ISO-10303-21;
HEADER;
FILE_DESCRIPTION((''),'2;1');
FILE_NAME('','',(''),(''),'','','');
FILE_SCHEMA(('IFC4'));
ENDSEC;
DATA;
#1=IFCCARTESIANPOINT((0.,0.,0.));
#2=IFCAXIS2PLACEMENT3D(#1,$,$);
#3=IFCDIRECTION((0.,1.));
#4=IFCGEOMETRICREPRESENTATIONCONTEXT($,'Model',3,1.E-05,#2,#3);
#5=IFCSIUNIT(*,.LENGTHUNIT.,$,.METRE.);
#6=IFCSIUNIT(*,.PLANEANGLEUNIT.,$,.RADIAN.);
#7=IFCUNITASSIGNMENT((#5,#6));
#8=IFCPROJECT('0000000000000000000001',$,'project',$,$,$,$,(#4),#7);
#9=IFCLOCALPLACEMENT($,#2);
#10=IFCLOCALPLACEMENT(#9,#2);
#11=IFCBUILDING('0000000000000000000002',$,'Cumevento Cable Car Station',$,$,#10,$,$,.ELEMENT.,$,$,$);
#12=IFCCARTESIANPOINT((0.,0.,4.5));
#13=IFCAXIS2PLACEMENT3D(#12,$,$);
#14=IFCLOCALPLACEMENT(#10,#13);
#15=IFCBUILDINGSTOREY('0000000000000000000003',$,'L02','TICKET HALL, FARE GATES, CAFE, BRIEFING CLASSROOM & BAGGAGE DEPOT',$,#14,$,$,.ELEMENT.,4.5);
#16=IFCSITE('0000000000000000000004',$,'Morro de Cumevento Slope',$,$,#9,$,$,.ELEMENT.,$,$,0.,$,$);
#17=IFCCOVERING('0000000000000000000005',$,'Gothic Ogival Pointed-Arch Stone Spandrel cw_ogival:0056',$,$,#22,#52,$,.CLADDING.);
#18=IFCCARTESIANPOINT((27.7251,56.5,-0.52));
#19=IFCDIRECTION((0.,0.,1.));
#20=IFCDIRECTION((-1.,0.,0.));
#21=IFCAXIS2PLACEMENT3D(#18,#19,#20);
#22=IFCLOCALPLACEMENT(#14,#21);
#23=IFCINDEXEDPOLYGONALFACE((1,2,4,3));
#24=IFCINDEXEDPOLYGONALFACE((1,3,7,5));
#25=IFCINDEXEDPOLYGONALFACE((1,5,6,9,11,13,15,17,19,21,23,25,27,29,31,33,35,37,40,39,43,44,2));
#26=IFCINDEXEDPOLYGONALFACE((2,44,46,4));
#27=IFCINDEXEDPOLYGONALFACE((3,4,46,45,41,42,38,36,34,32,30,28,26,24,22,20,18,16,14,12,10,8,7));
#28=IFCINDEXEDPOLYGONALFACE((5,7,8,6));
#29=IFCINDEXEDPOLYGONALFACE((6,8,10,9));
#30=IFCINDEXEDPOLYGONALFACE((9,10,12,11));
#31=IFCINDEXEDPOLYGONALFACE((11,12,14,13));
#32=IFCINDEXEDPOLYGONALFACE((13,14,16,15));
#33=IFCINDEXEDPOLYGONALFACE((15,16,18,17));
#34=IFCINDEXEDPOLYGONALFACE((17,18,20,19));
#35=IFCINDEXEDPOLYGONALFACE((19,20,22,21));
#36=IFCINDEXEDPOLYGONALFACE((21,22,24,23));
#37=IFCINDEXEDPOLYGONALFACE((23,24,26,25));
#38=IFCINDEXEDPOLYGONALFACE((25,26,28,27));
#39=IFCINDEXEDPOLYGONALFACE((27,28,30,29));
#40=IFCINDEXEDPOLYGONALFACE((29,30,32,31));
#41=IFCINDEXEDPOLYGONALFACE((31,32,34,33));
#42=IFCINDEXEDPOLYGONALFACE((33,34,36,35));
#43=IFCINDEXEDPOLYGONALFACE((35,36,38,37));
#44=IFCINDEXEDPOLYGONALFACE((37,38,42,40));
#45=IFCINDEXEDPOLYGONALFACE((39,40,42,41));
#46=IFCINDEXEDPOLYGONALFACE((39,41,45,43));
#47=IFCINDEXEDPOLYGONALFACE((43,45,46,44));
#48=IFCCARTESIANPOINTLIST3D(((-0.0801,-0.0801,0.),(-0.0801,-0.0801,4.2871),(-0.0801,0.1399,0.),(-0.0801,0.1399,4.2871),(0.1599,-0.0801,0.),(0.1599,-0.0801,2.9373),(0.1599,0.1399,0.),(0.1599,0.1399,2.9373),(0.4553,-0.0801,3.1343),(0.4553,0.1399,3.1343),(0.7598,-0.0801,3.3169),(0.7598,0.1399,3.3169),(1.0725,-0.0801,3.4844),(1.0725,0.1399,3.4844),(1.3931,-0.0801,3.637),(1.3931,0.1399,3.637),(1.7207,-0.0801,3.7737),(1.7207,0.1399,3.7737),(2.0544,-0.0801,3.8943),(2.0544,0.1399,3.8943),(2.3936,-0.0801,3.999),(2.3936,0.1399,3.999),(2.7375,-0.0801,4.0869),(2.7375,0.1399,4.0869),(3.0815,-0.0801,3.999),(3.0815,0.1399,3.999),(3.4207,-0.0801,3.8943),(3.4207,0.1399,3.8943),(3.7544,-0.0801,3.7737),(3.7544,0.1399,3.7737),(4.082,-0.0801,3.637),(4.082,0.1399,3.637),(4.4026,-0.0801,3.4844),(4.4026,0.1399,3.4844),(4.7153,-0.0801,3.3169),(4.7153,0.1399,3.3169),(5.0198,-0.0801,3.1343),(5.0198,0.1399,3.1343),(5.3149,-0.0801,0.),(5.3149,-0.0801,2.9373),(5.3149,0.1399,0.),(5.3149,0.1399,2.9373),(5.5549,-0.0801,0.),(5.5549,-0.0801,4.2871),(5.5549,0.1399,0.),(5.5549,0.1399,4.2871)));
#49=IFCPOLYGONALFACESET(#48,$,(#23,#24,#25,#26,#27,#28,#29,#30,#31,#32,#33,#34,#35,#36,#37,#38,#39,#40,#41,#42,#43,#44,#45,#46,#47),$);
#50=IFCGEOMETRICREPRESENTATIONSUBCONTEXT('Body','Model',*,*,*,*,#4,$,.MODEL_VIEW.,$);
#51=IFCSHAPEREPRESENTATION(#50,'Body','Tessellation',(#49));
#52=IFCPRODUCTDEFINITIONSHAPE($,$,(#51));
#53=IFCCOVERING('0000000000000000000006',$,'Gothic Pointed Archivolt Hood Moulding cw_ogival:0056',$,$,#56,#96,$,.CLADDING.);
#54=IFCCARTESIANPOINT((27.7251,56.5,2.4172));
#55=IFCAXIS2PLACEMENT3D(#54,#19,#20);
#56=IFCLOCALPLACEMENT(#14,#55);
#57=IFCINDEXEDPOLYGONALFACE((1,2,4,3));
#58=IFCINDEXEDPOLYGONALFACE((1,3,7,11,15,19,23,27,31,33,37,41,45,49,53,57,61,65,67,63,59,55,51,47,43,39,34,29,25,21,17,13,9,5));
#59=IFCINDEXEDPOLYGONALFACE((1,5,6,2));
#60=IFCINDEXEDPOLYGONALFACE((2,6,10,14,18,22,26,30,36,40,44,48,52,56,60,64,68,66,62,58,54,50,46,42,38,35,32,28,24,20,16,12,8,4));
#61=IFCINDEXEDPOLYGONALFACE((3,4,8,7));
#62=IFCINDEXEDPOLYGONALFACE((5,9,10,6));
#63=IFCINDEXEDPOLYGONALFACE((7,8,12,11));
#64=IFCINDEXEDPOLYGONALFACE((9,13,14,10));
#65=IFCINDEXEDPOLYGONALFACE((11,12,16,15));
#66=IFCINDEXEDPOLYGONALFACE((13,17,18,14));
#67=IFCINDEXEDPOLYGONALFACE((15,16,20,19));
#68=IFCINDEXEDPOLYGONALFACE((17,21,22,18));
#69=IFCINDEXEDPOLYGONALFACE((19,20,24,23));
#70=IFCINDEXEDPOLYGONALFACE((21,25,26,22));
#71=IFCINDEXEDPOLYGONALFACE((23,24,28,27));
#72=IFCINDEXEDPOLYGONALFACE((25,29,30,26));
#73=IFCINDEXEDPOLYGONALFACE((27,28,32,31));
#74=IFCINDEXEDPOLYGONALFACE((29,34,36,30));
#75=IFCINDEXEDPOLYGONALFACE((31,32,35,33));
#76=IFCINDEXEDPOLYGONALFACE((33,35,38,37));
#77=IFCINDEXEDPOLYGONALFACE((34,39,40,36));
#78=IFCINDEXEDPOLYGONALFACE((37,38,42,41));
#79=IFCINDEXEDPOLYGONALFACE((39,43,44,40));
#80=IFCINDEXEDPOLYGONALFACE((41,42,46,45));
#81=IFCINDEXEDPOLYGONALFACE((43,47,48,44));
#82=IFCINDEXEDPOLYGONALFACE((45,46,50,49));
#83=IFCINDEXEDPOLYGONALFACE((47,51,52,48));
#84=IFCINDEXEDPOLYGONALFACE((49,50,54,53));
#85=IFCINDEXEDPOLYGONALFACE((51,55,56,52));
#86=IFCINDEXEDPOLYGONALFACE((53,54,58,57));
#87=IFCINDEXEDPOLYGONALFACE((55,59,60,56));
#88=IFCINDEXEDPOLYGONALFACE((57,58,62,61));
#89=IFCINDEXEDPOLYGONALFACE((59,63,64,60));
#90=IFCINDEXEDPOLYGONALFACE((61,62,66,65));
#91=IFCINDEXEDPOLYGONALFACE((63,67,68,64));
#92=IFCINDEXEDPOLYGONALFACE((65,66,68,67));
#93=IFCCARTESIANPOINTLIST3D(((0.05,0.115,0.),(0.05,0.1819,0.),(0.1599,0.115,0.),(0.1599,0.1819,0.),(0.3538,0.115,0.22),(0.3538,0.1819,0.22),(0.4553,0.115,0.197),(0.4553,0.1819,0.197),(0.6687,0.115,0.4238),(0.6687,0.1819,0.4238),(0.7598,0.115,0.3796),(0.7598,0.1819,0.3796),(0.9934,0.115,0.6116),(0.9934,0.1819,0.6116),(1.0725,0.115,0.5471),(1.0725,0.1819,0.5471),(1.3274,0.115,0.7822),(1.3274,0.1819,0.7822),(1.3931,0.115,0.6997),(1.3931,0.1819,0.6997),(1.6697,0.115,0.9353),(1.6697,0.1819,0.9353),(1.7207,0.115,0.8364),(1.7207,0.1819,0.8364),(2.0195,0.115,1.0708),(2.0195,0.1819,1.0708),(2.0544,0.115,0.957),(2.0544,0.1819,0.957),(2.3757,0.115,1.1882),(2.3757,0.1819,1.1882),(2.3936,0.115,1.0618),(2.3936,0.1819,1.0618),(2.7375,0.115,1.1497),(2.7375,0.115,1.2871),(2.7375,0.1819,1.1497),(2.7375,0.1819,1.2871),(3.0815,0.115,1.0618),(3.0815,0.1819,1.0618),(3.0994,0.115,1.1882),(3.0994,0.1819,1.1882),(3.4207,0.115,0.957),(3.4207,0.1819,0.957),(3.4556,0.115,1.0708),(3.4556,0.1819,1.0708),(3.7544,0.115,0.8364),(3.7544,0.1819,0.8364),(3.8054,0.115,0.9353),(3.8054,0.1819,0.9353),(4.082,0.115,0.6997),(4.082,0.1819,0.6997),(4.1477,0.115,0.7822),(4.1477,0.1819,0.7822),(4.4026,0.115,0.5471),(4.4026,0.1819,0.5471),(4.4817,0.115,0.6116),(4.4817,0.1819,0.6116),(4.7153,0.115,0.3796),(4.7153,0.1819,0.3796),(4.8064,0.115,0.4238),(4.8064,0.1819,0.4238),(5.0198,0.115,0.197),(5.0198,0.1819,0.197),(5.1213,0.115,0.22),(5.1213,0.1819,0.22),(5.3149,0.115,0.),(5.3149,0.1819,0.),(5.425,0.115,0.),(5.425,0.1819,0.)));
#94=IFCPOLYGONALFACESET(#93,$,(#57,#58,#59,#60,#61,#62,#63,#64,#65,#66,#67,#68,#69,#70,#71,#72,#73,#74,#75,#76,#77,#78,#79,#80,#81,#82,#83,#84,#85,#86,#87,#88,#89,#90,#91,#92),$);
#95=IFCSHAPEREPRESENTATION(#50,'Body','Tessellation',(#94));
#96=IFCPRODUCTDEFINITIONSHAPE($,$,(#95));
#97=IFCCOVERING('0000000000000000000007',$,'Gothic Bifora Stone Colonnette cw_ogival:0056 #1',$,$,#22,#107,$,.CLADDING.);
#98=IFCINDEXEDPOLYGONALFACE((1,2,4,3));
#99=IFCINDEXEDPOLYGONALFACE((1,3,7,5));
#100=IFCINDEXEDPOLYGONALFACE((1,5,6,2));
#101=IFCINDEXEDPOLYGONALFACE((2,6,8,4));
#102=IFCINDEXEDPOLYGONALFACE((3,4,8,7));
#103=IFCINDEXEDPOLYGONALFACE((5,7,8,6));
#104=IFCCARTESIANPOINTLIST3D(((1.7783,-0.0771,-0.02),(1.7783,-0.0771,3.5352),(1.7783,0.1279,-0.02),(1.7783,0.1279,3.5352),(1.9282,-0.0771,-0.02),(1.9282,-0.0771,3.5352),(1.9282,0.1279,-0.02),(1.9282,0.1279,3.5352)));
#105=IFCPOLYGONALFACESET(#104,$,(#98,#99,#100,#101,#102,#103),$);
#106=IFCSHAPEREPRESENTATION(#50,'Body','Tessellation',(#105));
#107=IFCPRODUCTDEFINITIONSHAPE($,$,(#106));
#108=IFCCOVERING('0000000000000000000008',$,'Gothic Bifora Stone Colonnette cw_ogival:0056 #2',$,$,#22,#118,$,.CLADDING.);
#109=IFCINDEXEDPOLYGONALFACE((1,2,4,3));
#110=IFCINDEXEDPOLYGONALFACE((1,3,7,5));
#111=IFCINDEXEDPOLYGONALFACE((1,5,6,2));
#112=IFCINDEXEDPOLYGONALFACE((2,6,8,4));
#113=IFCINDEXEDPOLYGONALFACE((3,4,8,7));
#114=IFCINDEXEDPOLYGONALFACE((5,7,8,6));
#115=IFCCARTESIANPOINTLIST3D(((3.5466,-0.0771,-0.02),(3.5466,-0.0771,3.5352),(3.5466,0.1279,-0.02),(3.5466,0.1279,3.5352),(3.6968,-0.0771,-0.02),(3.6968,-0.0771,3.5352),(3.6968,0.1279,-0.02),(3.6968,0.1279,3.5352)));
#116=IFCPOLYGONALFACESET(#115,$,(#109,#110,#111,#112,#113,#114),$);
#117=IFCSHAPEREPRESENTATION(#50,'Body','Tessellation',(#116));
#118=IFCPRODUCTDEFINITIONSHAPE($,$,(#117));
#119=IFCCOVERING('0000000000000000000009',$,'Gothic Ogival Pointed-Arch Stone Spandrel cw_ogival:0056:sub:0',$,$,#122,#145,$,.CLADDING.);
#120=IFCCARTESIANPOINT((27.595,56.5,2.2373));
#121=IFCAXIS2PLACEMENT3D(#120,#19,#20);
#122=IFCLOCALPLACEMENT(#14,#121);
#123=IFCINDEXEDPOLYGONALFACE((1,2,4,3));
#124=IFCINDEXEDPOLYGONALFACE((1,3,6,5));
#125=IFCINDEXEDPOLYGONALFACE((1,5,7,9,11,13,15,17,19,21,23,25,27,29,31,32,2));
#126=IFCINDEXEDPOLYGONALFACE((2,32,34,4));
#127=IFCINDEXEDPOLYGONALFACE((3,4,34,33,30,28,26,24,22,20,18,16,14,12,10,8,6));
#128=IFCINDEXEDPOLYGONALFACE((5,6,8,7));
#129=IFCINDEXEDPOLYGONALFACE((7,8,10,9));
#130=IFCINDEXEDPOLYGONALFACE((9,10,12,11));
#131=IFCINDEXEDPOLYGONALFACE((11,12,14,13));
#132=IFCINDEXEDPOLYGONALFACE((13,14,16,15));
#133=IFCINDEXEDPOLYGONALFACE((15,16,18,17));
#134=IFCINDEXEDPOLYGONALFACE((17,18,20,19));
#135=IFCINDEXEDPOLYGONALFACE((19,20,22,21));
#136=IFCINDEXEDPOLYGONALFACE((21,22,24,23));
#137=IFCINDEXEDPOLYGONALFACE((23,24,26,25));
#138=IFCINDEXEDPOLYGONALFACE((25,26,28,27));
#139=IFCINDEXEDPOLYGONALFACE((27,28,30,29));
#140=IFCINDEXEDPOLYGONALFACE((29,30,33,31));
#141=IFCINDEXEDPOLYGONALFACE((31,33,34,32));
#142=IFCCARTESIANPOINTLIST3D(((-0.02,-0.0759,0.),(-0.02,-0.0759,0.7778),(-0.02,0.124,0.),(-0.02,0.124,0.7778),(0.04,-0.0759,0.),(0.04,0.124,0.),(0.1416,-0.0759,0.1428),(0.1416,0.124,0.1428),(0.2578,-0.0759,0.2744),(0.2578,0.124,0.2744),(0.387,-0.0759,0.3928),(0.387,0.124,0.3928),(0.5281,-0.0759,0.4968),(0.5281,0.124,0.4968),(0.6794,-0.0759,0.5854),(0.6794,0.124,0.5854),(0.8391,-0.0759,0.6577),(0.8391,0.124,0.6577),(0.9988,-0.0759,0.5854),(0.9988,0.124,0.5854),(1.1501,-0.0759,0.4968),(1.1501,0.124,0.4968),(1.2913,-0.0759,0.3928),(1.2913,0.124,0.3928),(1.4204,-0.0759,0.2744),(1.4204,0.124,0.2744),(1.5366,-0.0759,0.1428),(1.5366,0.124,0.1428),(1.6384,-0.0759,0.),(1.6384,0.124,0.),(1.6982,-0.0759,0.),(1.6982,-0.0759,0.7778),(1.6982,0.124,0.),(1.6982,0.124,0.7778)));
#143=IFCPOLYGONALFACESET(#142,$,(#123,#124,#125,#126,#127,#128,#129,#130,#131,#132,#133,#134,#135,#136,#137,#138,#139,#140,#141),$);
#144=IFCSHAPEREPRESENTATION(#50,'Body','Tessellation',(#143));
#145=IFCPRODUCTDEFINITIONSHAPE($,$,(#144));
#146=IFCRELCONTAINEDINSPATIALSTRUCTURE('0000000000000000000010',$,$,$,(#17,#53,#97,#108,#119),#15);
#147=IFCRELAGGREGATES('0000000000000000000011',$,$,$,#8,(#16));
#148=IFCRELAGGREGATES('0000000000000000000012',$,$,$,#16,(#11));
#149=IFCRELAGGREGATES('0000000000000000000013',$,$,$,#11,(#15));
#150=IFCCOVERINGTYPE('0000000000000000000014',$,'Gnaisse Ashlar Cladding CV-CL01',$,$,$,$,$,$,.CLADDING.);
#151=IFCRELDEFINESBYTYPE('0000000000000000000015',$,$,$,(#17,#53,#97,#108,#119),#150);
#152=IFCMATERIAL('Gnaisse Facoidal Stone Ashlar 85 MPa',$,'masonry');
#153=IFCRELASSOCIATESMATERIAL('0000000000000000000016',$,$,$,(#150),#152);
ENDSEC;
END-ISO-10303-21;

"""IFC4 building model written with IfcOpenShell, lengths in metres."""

from ifc_helpers import new_model, si_unit, direction, frame, origin, place, context, subcontext, project, spatial, polyline, outline, extrude, material, type_object, element, save


model = new_model("IFC4")

# Units and contexts
model_context = context("Model", 3, precision=1e-05, world=origin(), true_north=direction((0.0, 1.0)))
body_context = subcontext(model_context, "Body", "Model", "MODEL_VIEW")
ifc_project = project(units=[si_unit("LENGTHUNIT", "METRE"), si_unit("PLANEANGLEUNIT", "RADIAN")], contexts=[model_context])

# Site, building, storey
site_placement = place(None, origin())
site = spatial("IfcSite", under=ifc_project, at=site_placement, Name="Morro de Cumevento Slope", CompositionType="ELEMENT", RefElevation=0.0)
building_placement = place(site_placement, origin())
building = spatial("IfcBuilding", under=site, at=building_placement, Name="Cumevento Cable Car Station", CompositionType="ELEMENT")
storey_placement = place(building_placement, frame((0.0, 0.0, 4.5)))
storey = spatial("IfcBuildingStorey", under=building, at=storey_placement, Name="L02", Description="TICKET HALL, FARE GATES, CAFE, BRIEFING CLASSROOM & BAGGAGE DEPOT", CompositionType="ELEMENT", Elevation=4.5)

# Coverings
ifc_material_1 = material(Name="Gnaisse Facoidal Stone Ashlar 85 MPa", Category="masonry")
covering_type = type_object("IfcCoveringType", Name="Gnaisse Ashlar Cladding CV-CL01", PredefinedType="CLADDING", material=ifc_material_1)
placement = place(storey_placement, frame((27.7251, 56.5, -0.52), z_axis=(0.0, 0.0, 1.0), x_axis=(-1.0, 0.0, 0.0)))
element("IfcCovering", 1, at=placement, inside=storey, type_object=covering_type, Name="Gothic Ogival Pointed-Arch Stone Spandrel cw_ogival:0056", PredefinedType="CLADDING", context=body_context, shape_type="SweptSolid", body=[
    extrude(outline(polyline([(-0.0801, 0.0), (-0.0801, 4.2871), (5.5549, 4.2871), (5.5549, 0.0), (5.3149, 0.0), (5.3149, 2.9373), (5.0198, 3.1343), (4.7153, 3.3169), (4.4026, 3.4844), (4.082, 3.637), (3.7544, 3.7737), (3.4207, 3.8943), (3.0815, 3.999), (2.7375, 4.0869), (2.3936, 3.999), (2.0544, 3.8943), (1.7207, 3.7737), (1.3931, 3.637), (1.0725, 3.4844), (0.7598, 3.3169), (0.4553, 3.1343), (0.1599, 2.9373), (0.1599, 0.0), (-0.0801, 0.0)])), frame((0.0, 0.1399, 0.0), z_axis=(0.0, -1.0, 0.0), x_axis=(1.0, 0.0, 0.0)), (0.0, 0.0, 1.0), 0.22),
])
covering_1_placement = place(storey_placement, frame((27.7251, 56.5, 2.4172), z_axis=(0.0, 0.0, 1.0), x_axis=(-1.0, 0.0, 0.0)))
element("IfcCovering", 2, at=covering_1_placement, inside=storey, type_object=covering_type, Name="Gothic Pointed Archivolt Hood Moulding cw_ogival:0056", PredefinedType="CLADDING", context=body_context, shape_type="SweptSolid", body=[
    extrude(outline(polyline([(0.1599, 0.0), (0.4553, 0.197), (0.7598, 0.3796), (1.0725, 0.5471), (1.3931, 0.6997), (1.7207, 0.8364), (2.0544, 0.957), (2.3936, 1.0618), (2.7375, 1.1497), (3.0815, 1.0618), (3.4207, 0.957), (3.7544, 0.8364), (4.082, 0.6997), (4.4026, 0.5471), (4.7153, 0.3796), (5.0198, 0.197), (5.3149, 0.0), (5.425, 0.0), (5.1213, 0.22), (4.8064, 0.4238), (4.4817, 0.6116), (4.1477, 0.7822), (3.8054, 0.9353), (3.4556, 1.0708), (3.0994, 1.1882), (2.7375, 1.2871), (2.3757, 1.1882), (2.0195, 1.0708), (1.6697, 0.9353), (1.3274, 0.7822), (0.9934, 0.6116), (0.6687, 0.4238), (0.3538, 0.22), (0.05, 0.0), (0.1599, 0.0)])), frame((0.0, 0.1819, 0.0), z_axis=(0.0, -1.0, 0.0), x_axis=(1.0, 0.0, 0.0)), (0.0, 0.0, 1.0), 0.0669),
])
element("IfcCovering", 3, at=placement, inside=storey, type_object=covering_type, Name="Gothic Bifora Stone Colonnette cw_ogival:0056 #1", PredefinedType="CLADDING", context=body_context, shape_type="SweptSolid", body=[
    extrude(outline(polyline([(1.7783, -0.02), (1.9282, -0.02), (1.9282, 3.5352), (1.7783, 3.5352), (1.7783, -0.02)])), frame((0.0, 0.1279, 0.0), z_axis=(0.0, -1.0, 0.0), x_axis=(1.0, 0.0, 0.0)), (0.0, 0.0, 1.0), 0.2051),
])
element("IfcCovering", 4, at=placement, inside=storey, type_object=covering_type, Name="Gothic Bifora Stone Colonnette cw_ogival:0056 #2", PredefinedType="CLADDING", context=body_context, shape_type="SweptSolid", body=[
    extrude(outline(polyline([(3.5466, -0.02), (3.6968, -0.02), (3.6968, 3.5352), (3.5466, 3.5352), (3.5466, -0.02)])), frame((0.0, 0.1279, 0.0), z_axis=(0.0, -1.0, 0.0), x_axis=(1.0, 0.0, 0.0)), (0.0, 0.0, 1.0), 0.2051),
])
covering_2_placement = place(storey_placement, frame((27.595, 56.5, 2.2373), z_axis=(0.0, 0.0, 1.0), x_axis=(-1.0, 0.0, 0.0)))
element("IfcCovering", 5, at=covering_2_placement, inside=storey, type_object=covering_type, Name="Gothic Ogival Pointed-Arch Stone Spandrel cw_ogival:0056:sub:0", PredefinedType="CLADDING", context=body_context, shape_type="SweptSolid", body=[
    extrude(outline(polyline([(-0.02, 0.0), (-0.02, 0.7778), (1.6982, 0.7778), (1.6982, 0.0), (1.6384, 0.0), (1.5366, 0.1428), (1.4204, 0.2744), (1.2913, 0.3928), (1.1501, 0.4968), (0.9988, 0.5854), (0.8391, 0.6577), (0.6794, 0.5854), (0.5281, 0.4968), (0.387, 0.3928), (0.2578, 0.2744), (0.1416, 0.1428), (0.04, 0.0), (-0.02, 0.0)])), frame((0.0, 0.124, 0.0), z_axis=(0.0, -1.0, 0.0), x_axis=(1.0, 0.0, 0.0)), (0.0, 0.0, 1.0), 0.2),
])

save(model, "model.ifc")
